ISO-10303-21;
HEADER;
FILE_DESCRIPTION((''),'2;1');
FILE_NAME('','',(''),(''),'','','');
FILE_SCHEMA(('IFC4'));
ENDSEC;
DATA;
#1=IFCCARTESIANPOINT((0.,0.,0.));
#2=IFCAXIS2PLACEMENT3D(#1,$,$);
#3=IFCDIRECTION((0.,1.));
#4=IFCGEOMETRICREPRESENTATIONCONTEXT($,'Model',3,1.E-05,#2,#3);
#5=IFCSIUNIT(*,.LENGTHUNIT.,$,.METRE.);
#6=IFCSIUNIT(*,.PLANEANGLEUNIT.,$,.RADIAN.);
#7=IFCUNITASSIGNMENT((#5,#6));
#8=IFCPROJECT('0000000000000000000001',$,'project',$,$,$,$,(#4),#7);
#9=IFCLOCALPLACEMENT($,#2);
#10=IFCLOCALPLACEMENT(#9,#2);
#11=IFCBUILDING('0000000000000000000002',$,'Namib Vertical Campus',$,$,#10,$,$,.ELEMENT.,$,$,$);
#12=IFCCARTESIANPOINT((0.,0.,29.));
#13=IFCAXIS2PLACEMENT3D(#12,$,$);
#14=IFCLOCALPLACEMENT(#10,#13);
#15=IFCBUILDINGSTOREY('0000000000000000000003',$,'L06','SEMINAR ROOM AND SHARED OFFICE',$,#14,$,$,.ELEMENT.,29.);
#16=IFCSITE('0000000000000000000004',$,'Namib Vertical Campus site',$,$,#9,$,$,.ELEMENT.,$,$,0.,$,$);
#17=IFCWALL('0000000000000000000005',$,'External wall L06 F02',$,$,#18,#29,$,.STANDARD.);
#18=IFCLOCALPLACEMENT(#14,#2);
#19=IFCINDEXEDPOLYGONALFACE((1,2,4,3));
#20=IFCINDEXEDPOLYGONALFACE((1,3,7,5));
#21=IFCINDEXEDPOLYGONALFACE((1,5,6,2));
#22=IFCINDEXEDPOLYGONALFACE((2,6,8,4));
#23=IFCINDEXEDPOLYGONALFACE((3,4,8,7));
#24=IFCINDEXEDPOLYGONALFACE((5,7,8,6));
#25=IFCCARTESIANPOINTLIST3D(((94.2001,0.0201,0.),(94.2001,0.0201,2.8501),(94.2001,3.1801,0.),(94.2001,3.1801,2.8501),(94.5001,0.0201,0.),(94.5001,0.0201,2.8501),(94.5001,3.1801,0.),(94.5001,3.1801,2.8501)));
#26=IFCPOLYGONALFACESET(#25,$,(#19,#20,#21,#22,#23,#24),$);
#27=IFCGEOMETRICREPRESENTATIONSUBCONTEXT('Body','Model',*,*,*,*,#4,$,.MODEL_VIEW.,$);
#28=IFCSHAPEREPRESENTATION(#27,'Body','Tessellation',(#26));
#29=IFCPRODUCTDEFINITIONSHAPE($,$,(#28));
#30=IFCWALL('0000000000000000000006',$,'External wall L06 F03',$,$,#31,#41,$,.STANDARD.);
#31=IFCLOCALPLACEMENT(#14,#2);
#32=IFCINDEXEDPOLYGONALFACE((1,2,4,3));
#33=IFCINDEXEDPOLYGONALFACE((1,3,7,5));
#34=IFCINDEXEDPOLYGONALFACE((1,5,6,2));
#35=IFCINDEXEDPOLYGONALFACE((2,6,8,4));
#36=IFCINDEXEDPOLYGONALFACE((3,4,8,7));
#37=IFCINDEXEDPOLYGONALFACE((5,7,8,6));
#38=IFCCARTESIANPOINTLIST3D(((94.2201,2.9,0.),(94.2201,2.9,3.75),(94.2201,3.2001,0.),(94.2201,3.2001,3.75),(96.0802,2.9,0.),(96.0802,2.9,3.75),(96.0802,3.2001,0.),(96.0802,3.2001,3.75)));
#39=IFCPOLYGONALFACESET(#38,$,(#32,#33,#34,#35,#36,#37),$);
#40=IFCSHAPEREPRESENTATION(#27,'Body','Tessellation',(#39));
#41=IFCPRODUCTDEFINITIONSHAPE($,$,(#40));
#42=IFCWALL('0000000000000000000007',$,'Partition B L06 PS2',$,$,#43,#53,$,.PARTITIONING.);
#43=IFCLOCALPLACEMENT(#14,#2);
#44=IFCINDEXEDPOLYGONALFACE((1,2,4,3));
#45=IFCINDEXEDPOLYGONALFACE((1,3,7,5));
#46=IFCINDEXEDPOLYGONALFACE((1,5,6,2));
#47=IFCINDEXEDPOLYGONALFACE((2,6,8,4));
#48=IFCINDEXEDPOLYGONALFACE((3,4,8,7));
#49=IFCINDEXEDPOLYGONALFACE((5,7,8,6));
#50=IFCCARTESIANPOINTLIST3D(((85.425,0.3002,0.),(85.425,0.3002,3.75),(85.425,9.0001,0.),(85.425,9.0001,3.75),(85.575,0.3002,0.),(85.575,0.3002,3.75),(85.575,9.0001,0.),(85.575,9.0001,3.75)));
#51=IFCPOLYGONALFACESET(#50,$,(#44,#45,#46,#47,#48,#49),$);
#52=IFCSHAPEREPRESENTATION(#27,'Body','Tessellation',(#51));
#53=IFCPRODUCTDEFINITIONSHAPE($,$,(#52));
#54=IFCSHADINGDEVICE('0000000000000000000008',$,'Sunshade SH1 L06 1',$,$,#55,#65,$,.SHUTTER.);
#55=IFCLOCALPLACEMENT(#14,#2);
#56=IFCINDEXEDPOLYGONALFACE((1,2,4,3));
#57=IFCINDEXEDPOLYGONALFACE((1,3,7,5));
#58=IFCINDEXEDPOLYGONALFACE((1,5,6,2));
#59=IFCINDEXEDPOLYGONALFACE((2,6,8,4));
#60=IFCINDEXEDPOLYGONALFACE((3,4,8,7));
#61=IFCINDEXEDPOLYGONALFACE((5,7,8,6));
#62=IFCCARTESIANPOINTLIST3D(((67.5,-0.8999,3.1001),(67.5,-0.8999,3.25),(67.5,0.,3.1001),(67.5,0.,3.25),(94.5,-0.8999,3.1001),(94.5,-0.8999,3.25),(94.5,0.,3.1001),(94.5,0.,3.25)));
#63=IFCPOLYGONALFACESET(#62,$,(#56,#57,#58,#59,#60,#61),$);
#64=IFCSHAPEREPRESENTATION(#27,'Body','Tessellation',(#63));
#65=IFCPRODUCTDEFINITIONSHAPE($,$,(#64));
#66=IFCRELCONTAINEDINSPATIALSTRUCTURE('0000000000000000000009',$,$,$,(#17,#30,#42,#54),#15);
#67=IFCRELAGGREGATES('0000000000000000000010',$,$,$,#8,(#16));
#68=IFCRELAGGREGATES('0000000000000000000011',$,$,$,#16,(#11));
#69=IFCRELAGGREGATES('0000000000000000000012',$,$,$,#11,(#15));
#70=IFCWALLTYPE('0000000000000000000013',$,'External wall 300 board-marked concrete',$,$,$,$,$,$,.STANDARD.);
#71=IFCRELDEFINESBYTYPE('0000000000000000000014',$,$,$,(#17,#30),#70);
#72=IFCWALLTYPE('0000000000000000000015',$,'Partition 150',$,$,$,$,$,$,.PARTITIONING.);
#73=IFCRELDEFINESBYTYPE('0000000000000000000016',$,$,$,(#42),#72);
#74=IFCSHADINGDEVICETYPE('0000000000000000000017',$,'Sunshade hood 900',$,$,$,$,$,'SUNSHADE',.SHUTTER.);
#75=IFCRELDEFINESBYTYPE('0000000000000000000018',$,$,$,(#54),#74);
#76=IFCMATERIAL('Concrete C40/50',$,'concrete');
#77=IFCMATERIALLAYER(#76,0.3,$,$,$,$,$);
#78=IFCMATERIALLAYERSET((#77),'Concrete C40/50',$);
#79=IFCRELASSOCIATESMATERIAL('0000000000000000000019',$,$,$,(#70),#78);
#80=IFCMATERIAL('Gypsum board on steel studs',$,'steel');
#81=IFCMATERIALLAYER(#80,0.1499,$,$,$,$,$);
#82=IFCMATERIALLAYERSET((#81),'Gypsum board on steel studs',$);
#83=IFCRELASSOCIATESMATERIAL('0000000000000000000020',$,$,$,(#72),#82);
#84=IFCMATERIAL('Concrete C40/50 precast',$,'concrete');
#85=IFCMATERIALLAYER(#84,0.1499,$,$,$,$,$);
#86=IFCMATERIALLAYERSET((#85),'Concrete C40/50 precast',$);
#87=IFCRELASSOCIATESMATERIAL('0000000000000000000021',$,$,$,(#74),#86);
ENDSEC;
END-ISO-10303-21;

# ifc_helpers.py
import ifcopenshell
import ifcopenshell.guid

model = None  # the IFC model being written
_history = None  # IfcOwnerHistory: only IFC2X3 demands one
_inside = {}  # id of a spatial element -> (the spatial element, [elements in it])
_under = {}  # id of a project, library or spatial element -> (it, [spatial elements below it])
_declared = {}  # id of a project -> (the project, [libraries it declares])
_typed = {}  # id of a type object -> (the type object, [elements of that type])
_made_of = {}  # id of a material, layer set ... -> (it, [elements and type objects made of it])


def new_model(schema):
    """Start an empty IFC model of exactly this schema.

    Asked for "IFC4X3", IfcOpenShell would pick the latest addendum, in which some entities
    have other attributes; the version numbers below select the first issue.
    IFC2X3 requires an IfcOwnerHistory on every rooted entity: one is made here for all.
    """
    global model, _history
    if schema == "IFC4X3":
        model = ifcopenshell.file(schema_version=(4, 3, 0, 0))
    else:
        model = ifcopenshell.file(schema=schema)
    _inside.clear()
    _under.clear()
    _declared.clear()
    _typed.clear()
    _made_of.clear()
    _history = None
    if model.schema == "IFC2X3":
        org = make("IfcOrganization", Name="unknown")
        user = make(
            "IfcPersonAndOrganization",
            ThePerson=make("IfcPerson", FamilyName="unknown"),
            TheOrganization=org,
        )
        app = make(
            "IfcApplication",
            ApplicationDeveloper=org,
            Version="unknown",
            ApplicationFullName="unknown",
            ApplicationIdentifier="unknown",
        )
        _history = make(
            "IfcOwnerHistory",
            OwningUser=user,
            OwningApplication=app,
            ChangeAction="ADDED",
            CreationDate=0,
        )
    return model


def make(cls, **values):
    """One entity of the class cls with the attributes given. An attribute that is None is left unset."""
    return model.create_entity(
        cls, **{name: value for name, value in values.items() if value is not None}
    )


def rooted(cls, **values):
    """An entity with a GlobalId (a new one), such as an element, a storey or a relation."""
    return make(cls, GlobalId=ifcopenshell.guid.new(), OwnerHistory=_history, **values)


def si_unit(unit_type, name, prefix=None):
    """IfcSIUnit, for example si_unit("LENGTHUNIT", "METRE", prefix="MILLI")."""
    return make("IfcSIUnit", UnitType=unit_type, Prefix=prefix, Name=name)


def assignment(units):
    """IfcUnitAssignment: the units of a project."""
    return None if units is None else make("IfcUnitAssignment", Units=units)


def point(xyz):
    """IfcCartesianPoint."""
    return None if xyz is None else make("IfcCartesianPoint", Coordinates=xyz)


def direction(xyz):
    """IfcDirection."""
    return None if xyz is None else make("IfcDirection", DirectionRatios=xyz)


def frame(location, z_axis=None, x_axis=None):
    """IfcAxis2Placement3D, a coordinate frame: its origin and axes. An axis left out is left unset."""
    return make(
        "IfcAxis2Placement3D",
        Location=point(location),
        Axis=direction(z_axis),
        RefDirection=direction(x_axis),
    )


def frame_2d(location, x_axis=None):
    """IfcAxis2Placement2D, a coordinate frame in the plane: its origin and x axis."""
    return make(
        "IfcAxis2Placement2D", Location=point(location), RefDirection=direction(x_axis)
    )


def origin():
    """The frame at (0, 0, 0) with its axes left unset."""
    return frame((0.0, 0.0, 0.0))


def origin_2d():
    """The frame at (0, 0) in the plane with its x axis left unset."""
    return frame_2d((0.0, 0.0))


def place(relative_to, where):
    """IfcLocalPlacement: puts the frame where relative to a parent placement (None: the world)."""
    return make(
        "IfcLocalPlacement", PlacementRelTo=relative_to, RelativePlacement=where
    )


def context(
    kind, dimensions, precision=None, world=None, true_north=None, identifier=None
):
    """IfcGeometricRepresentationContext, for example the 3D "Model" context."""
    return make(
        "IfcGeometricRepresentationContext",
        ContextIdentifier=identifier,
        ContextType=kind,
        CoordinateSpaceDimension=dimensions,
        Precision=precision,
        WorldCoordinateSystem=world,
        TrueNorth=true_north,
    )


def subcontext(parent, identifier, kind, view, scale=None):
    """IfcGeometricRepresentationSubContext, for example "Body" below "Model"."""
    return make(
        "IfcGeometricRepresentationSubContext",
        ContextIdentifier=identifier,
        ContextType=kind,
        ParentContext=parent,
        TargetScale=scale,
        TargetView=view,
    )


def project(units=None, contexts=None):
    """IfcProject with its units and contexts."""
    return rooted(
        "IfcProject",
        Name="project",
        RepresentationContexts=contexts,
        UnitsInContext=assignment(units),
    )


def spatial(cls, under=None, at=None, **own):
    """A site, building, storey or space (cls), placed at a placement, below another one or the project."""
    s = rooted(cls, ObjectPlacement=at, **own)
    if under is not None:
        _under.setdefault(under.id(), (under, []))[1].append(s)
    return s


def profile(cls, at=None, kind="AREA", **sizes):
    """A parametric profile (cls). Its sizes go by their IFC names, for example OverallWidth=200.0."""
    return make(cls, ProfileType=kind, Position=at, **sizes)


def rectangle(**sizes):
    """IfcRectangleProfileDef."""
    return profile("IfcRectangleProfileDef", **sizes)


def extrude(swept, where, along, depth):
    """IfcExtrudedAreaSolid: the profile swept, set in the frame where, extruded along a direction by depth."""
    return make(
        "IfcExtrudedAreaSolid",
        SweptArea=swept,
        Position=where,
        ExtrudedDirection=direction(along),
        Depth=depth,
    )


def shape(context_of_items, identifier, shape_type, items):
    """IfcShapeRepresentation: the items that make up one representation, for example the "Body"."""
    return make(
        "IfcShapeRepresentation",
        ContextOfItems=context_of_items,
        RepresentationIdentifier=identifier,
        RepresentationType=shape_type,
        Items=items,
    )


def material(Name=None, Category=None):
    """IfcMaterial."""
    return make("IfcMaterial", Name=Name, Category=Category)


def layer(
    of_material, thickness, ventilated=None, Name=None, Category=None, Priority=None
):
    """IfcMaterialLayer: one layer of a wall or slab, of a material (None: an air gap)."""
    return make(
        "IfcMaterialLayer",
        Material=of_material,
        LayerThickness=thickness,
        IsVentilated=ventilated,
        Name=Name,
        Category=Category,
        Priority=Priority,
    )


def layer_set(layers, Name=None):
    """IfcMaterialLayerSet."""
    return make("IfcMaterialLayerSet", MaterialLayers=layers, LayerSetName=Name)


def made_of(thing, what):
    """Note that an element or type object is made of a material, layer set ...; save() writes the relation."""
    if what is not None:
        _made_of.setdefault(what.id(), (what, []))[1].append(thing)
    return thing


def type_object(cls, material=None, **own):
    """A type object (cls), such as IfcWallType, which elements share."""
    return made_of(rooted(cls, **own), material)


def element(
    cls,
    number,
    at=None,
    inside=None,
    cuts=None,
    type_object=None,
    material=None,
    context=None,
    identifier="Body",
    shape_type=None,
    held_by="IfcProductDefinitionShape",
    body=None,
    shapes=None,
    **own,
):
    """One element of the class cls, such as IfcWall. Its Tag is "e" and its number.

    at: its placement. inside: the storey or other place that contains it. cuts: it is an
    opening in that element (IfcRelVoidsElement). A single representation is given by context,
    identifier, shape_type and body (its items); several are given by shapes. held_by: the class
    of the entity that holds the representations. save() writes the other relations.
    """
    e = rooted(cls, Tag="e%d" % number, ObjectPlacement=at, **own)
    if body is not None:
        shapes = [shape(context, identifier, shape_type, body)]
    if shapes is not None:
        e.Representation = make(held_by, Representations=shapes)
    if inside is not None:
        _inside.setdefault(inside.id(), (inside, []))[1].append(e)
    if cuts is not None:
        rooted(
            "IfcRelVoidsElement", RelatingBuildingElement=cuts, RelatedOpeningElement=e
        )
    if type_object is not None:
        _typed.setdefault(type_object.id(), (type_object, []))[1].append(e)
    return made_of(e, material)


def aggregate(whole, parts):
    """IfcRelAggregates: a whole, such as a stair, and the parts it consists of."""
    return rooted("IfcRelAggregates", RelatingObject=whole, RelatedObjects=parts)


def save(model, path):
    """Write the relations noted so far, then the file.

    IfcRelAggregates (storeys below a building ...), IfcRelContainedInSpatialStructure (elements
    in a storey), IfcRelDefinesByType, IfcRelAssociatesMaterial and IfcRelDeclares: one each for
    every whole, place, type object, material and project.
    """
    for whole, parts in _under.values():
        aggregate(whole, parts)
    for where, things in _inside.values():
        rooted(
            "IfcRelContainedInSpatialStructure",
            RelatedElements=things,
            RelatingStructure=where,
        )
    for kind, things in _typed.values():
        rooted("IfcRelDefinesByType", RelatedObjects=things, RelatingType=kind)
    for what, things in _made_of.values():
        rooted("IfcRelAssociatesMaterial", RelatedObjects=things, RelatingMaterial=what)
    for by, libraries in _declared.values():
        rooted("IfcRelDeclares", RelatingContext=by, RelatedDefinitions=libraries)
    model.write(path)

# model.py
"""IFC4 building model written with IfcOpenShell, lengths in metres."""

from ifc_helpers import new_model, si_unit, direction, frame, frame_2d, origin, origin_2d, place, context, subcontext, project, spatial, rectangle, extrude, material, layer, layer_set, type_object, element, save


model = new_model("IFC4")

# Units and contexts
model_context = context("Model", 3, precision=1e-05, world=origin(), true_north=direction((0.0, 1.0)))
body_context = subcontext(model_context, "Body", "Model", "MODEL_VIEW")
ifc_project = project(units=[si_unit("LENGTHUNIT", "METRE"), si_unit("PLANEANGLEUNIT", "RADIAN")], contexts=[model_context])

# Site, building, storey
site_placement = place(None, origin())
site = spatial("IfcSite", under=ifc_project, at=site_placement, Name="Namib Vertical Campus site", CompositionType="ELEMENT", RefElevation=0.0)
building_placement = place(site_placement, origin())
building = spatial("IfcBuilding", under=site, at=building_placement, Name="Namib Vertical Campus", CompositionType="ELEMENT")
storey_placement = place(building_placement, frame((0.0, 0.0, 29.0)))
storey = spatial("IfcBuildingStorey", under=building, at=storey_placement, Name="L06", Description="SEMINAR ROOM AND SHARED OFFICE", CompositionType="ELEMENT", Elevation=29.0)

# Walls
ifc_material_1 = material(Name="Concrete C40/50", Category="concrete")
ifc_layer_1 = layer(ifc_material_1, 0.3)
ifc_layer_set_1 = layer_set([ifc_layer_1], Name="Concrete C40/50")
wall_type_1 = type_object("IfcWallType", Name="External wall 300 board-marked concrete", PredefinedType="STANDARD", material=ifc_layer_set_1)
wall_1_placement = place(storey_placement, frame((94.3501, 0.02, 0.0), z_axis=(0.0, 0.0, 1.0), x_axis=(0.0, 1.0, 0.0)))
element("IfcWall", 1, at=wall_1_placement, inside=storey, type_object=wall_type_1, Name="External wall L06 F02", PredefinedType="STANDARD", context=body_context, shape_type="SweptSolid", body=[
    extrude(rectangle(XDim=3.1599, YDim=0.3, at=frame_2d((1.5801, 0.0))), origin(), (0.0, 0.0, 1.0), 2.8501),
])
wall_2_placement = place(storey_placement, frame((94.22, 3.05, 0.0), z_axis=(0.0, 0.0, 1.0), x_axis=(1.0, 0.0, 0.0)))
element("IfcWall", 2, at=wall_2_placement, inside=storey, type_object=wall_type_1, Name="External wall L06 F03", PredefinedType="STANDARD", context=body_context, shape_type="SweptSolid", body=[
    extrude(rectangle(XDim=1.8601, YDim=0.3, at=frame_2d((0.9302, 0.0))), origin(), (0.0, 0.0, 1.0), 3.75),
])
ifc_material_2 = material(Name="Gypsum board on steel studs", Category="steel")
ifc_layer_2 = layer(ifc_material_2, 0.1499)
ifc_layer_set_2 = layer_set([ifc_layer_2], Name="Gypsum board on steel studs")
wall_type_2 = type_object("IfcWallType", Name="Partition 150", PredefinedType="PARTITIONING", material=ifc_layer_set_2)
wall_3_placement = place(storey_placement, frame((85.5, 0.3, 0.0), z_axis=(0.0, 0.0, 1.0), x_axis=(0.0, 1.0, 0.0)))
element("IfcWall", 3, at=wall_3_placement, inside=storey, type_object=wall_type_2, Name="Partition B L06 PS2", PredefinedType="PARTITIONING", context=body_context, shape_type="SweptSolid", body=[
    extrude(rectangle(XDim=8.7, YDim=0.1499, at=frame_2d((4.3501, 0.0))), origin(), (0.0, 0.0, 1.0), 3.75),
])

# Shading device
ifc_material_3 = material(Name="Concrete C40/50 precast", Category="concrete")
ifc_layer_3 = layer(ifc_material_3, 0.1499)
ifc_layer_set_3 = layer_set([ifc_layer_3], Name="Concrete C40/50 precast")
shading_device_type = type_object("IfcShadingDeviceType", Name="Sunshade hood 900", ElementType="SUNSHADE", PredefinedType="SHUTTER", material=ifc_layer_set_3)
shading_device_placement = place(storey_placement, frame((81.0, -0.45, 3.1001), z_axis=(0.0, 0.0, 1.0), x_axis=(1.0, 0.0, 0.0)))
element("IfcShadingDevice", 4, at=shading_device_placement, inside=storey, type_object=shading_device_type, Name="Sunshade SH1 L06 1", PredefinedType="SHUTTER", context=body_context, shape_type="SweptSolid", body=[
    extrude(rectangle(XDim=27.0, YDim=0.8999, at=origin_2d()), origin(), (0.0, 0.0, 1.0), 0.1499),
])

save(model, "model.ifc")
